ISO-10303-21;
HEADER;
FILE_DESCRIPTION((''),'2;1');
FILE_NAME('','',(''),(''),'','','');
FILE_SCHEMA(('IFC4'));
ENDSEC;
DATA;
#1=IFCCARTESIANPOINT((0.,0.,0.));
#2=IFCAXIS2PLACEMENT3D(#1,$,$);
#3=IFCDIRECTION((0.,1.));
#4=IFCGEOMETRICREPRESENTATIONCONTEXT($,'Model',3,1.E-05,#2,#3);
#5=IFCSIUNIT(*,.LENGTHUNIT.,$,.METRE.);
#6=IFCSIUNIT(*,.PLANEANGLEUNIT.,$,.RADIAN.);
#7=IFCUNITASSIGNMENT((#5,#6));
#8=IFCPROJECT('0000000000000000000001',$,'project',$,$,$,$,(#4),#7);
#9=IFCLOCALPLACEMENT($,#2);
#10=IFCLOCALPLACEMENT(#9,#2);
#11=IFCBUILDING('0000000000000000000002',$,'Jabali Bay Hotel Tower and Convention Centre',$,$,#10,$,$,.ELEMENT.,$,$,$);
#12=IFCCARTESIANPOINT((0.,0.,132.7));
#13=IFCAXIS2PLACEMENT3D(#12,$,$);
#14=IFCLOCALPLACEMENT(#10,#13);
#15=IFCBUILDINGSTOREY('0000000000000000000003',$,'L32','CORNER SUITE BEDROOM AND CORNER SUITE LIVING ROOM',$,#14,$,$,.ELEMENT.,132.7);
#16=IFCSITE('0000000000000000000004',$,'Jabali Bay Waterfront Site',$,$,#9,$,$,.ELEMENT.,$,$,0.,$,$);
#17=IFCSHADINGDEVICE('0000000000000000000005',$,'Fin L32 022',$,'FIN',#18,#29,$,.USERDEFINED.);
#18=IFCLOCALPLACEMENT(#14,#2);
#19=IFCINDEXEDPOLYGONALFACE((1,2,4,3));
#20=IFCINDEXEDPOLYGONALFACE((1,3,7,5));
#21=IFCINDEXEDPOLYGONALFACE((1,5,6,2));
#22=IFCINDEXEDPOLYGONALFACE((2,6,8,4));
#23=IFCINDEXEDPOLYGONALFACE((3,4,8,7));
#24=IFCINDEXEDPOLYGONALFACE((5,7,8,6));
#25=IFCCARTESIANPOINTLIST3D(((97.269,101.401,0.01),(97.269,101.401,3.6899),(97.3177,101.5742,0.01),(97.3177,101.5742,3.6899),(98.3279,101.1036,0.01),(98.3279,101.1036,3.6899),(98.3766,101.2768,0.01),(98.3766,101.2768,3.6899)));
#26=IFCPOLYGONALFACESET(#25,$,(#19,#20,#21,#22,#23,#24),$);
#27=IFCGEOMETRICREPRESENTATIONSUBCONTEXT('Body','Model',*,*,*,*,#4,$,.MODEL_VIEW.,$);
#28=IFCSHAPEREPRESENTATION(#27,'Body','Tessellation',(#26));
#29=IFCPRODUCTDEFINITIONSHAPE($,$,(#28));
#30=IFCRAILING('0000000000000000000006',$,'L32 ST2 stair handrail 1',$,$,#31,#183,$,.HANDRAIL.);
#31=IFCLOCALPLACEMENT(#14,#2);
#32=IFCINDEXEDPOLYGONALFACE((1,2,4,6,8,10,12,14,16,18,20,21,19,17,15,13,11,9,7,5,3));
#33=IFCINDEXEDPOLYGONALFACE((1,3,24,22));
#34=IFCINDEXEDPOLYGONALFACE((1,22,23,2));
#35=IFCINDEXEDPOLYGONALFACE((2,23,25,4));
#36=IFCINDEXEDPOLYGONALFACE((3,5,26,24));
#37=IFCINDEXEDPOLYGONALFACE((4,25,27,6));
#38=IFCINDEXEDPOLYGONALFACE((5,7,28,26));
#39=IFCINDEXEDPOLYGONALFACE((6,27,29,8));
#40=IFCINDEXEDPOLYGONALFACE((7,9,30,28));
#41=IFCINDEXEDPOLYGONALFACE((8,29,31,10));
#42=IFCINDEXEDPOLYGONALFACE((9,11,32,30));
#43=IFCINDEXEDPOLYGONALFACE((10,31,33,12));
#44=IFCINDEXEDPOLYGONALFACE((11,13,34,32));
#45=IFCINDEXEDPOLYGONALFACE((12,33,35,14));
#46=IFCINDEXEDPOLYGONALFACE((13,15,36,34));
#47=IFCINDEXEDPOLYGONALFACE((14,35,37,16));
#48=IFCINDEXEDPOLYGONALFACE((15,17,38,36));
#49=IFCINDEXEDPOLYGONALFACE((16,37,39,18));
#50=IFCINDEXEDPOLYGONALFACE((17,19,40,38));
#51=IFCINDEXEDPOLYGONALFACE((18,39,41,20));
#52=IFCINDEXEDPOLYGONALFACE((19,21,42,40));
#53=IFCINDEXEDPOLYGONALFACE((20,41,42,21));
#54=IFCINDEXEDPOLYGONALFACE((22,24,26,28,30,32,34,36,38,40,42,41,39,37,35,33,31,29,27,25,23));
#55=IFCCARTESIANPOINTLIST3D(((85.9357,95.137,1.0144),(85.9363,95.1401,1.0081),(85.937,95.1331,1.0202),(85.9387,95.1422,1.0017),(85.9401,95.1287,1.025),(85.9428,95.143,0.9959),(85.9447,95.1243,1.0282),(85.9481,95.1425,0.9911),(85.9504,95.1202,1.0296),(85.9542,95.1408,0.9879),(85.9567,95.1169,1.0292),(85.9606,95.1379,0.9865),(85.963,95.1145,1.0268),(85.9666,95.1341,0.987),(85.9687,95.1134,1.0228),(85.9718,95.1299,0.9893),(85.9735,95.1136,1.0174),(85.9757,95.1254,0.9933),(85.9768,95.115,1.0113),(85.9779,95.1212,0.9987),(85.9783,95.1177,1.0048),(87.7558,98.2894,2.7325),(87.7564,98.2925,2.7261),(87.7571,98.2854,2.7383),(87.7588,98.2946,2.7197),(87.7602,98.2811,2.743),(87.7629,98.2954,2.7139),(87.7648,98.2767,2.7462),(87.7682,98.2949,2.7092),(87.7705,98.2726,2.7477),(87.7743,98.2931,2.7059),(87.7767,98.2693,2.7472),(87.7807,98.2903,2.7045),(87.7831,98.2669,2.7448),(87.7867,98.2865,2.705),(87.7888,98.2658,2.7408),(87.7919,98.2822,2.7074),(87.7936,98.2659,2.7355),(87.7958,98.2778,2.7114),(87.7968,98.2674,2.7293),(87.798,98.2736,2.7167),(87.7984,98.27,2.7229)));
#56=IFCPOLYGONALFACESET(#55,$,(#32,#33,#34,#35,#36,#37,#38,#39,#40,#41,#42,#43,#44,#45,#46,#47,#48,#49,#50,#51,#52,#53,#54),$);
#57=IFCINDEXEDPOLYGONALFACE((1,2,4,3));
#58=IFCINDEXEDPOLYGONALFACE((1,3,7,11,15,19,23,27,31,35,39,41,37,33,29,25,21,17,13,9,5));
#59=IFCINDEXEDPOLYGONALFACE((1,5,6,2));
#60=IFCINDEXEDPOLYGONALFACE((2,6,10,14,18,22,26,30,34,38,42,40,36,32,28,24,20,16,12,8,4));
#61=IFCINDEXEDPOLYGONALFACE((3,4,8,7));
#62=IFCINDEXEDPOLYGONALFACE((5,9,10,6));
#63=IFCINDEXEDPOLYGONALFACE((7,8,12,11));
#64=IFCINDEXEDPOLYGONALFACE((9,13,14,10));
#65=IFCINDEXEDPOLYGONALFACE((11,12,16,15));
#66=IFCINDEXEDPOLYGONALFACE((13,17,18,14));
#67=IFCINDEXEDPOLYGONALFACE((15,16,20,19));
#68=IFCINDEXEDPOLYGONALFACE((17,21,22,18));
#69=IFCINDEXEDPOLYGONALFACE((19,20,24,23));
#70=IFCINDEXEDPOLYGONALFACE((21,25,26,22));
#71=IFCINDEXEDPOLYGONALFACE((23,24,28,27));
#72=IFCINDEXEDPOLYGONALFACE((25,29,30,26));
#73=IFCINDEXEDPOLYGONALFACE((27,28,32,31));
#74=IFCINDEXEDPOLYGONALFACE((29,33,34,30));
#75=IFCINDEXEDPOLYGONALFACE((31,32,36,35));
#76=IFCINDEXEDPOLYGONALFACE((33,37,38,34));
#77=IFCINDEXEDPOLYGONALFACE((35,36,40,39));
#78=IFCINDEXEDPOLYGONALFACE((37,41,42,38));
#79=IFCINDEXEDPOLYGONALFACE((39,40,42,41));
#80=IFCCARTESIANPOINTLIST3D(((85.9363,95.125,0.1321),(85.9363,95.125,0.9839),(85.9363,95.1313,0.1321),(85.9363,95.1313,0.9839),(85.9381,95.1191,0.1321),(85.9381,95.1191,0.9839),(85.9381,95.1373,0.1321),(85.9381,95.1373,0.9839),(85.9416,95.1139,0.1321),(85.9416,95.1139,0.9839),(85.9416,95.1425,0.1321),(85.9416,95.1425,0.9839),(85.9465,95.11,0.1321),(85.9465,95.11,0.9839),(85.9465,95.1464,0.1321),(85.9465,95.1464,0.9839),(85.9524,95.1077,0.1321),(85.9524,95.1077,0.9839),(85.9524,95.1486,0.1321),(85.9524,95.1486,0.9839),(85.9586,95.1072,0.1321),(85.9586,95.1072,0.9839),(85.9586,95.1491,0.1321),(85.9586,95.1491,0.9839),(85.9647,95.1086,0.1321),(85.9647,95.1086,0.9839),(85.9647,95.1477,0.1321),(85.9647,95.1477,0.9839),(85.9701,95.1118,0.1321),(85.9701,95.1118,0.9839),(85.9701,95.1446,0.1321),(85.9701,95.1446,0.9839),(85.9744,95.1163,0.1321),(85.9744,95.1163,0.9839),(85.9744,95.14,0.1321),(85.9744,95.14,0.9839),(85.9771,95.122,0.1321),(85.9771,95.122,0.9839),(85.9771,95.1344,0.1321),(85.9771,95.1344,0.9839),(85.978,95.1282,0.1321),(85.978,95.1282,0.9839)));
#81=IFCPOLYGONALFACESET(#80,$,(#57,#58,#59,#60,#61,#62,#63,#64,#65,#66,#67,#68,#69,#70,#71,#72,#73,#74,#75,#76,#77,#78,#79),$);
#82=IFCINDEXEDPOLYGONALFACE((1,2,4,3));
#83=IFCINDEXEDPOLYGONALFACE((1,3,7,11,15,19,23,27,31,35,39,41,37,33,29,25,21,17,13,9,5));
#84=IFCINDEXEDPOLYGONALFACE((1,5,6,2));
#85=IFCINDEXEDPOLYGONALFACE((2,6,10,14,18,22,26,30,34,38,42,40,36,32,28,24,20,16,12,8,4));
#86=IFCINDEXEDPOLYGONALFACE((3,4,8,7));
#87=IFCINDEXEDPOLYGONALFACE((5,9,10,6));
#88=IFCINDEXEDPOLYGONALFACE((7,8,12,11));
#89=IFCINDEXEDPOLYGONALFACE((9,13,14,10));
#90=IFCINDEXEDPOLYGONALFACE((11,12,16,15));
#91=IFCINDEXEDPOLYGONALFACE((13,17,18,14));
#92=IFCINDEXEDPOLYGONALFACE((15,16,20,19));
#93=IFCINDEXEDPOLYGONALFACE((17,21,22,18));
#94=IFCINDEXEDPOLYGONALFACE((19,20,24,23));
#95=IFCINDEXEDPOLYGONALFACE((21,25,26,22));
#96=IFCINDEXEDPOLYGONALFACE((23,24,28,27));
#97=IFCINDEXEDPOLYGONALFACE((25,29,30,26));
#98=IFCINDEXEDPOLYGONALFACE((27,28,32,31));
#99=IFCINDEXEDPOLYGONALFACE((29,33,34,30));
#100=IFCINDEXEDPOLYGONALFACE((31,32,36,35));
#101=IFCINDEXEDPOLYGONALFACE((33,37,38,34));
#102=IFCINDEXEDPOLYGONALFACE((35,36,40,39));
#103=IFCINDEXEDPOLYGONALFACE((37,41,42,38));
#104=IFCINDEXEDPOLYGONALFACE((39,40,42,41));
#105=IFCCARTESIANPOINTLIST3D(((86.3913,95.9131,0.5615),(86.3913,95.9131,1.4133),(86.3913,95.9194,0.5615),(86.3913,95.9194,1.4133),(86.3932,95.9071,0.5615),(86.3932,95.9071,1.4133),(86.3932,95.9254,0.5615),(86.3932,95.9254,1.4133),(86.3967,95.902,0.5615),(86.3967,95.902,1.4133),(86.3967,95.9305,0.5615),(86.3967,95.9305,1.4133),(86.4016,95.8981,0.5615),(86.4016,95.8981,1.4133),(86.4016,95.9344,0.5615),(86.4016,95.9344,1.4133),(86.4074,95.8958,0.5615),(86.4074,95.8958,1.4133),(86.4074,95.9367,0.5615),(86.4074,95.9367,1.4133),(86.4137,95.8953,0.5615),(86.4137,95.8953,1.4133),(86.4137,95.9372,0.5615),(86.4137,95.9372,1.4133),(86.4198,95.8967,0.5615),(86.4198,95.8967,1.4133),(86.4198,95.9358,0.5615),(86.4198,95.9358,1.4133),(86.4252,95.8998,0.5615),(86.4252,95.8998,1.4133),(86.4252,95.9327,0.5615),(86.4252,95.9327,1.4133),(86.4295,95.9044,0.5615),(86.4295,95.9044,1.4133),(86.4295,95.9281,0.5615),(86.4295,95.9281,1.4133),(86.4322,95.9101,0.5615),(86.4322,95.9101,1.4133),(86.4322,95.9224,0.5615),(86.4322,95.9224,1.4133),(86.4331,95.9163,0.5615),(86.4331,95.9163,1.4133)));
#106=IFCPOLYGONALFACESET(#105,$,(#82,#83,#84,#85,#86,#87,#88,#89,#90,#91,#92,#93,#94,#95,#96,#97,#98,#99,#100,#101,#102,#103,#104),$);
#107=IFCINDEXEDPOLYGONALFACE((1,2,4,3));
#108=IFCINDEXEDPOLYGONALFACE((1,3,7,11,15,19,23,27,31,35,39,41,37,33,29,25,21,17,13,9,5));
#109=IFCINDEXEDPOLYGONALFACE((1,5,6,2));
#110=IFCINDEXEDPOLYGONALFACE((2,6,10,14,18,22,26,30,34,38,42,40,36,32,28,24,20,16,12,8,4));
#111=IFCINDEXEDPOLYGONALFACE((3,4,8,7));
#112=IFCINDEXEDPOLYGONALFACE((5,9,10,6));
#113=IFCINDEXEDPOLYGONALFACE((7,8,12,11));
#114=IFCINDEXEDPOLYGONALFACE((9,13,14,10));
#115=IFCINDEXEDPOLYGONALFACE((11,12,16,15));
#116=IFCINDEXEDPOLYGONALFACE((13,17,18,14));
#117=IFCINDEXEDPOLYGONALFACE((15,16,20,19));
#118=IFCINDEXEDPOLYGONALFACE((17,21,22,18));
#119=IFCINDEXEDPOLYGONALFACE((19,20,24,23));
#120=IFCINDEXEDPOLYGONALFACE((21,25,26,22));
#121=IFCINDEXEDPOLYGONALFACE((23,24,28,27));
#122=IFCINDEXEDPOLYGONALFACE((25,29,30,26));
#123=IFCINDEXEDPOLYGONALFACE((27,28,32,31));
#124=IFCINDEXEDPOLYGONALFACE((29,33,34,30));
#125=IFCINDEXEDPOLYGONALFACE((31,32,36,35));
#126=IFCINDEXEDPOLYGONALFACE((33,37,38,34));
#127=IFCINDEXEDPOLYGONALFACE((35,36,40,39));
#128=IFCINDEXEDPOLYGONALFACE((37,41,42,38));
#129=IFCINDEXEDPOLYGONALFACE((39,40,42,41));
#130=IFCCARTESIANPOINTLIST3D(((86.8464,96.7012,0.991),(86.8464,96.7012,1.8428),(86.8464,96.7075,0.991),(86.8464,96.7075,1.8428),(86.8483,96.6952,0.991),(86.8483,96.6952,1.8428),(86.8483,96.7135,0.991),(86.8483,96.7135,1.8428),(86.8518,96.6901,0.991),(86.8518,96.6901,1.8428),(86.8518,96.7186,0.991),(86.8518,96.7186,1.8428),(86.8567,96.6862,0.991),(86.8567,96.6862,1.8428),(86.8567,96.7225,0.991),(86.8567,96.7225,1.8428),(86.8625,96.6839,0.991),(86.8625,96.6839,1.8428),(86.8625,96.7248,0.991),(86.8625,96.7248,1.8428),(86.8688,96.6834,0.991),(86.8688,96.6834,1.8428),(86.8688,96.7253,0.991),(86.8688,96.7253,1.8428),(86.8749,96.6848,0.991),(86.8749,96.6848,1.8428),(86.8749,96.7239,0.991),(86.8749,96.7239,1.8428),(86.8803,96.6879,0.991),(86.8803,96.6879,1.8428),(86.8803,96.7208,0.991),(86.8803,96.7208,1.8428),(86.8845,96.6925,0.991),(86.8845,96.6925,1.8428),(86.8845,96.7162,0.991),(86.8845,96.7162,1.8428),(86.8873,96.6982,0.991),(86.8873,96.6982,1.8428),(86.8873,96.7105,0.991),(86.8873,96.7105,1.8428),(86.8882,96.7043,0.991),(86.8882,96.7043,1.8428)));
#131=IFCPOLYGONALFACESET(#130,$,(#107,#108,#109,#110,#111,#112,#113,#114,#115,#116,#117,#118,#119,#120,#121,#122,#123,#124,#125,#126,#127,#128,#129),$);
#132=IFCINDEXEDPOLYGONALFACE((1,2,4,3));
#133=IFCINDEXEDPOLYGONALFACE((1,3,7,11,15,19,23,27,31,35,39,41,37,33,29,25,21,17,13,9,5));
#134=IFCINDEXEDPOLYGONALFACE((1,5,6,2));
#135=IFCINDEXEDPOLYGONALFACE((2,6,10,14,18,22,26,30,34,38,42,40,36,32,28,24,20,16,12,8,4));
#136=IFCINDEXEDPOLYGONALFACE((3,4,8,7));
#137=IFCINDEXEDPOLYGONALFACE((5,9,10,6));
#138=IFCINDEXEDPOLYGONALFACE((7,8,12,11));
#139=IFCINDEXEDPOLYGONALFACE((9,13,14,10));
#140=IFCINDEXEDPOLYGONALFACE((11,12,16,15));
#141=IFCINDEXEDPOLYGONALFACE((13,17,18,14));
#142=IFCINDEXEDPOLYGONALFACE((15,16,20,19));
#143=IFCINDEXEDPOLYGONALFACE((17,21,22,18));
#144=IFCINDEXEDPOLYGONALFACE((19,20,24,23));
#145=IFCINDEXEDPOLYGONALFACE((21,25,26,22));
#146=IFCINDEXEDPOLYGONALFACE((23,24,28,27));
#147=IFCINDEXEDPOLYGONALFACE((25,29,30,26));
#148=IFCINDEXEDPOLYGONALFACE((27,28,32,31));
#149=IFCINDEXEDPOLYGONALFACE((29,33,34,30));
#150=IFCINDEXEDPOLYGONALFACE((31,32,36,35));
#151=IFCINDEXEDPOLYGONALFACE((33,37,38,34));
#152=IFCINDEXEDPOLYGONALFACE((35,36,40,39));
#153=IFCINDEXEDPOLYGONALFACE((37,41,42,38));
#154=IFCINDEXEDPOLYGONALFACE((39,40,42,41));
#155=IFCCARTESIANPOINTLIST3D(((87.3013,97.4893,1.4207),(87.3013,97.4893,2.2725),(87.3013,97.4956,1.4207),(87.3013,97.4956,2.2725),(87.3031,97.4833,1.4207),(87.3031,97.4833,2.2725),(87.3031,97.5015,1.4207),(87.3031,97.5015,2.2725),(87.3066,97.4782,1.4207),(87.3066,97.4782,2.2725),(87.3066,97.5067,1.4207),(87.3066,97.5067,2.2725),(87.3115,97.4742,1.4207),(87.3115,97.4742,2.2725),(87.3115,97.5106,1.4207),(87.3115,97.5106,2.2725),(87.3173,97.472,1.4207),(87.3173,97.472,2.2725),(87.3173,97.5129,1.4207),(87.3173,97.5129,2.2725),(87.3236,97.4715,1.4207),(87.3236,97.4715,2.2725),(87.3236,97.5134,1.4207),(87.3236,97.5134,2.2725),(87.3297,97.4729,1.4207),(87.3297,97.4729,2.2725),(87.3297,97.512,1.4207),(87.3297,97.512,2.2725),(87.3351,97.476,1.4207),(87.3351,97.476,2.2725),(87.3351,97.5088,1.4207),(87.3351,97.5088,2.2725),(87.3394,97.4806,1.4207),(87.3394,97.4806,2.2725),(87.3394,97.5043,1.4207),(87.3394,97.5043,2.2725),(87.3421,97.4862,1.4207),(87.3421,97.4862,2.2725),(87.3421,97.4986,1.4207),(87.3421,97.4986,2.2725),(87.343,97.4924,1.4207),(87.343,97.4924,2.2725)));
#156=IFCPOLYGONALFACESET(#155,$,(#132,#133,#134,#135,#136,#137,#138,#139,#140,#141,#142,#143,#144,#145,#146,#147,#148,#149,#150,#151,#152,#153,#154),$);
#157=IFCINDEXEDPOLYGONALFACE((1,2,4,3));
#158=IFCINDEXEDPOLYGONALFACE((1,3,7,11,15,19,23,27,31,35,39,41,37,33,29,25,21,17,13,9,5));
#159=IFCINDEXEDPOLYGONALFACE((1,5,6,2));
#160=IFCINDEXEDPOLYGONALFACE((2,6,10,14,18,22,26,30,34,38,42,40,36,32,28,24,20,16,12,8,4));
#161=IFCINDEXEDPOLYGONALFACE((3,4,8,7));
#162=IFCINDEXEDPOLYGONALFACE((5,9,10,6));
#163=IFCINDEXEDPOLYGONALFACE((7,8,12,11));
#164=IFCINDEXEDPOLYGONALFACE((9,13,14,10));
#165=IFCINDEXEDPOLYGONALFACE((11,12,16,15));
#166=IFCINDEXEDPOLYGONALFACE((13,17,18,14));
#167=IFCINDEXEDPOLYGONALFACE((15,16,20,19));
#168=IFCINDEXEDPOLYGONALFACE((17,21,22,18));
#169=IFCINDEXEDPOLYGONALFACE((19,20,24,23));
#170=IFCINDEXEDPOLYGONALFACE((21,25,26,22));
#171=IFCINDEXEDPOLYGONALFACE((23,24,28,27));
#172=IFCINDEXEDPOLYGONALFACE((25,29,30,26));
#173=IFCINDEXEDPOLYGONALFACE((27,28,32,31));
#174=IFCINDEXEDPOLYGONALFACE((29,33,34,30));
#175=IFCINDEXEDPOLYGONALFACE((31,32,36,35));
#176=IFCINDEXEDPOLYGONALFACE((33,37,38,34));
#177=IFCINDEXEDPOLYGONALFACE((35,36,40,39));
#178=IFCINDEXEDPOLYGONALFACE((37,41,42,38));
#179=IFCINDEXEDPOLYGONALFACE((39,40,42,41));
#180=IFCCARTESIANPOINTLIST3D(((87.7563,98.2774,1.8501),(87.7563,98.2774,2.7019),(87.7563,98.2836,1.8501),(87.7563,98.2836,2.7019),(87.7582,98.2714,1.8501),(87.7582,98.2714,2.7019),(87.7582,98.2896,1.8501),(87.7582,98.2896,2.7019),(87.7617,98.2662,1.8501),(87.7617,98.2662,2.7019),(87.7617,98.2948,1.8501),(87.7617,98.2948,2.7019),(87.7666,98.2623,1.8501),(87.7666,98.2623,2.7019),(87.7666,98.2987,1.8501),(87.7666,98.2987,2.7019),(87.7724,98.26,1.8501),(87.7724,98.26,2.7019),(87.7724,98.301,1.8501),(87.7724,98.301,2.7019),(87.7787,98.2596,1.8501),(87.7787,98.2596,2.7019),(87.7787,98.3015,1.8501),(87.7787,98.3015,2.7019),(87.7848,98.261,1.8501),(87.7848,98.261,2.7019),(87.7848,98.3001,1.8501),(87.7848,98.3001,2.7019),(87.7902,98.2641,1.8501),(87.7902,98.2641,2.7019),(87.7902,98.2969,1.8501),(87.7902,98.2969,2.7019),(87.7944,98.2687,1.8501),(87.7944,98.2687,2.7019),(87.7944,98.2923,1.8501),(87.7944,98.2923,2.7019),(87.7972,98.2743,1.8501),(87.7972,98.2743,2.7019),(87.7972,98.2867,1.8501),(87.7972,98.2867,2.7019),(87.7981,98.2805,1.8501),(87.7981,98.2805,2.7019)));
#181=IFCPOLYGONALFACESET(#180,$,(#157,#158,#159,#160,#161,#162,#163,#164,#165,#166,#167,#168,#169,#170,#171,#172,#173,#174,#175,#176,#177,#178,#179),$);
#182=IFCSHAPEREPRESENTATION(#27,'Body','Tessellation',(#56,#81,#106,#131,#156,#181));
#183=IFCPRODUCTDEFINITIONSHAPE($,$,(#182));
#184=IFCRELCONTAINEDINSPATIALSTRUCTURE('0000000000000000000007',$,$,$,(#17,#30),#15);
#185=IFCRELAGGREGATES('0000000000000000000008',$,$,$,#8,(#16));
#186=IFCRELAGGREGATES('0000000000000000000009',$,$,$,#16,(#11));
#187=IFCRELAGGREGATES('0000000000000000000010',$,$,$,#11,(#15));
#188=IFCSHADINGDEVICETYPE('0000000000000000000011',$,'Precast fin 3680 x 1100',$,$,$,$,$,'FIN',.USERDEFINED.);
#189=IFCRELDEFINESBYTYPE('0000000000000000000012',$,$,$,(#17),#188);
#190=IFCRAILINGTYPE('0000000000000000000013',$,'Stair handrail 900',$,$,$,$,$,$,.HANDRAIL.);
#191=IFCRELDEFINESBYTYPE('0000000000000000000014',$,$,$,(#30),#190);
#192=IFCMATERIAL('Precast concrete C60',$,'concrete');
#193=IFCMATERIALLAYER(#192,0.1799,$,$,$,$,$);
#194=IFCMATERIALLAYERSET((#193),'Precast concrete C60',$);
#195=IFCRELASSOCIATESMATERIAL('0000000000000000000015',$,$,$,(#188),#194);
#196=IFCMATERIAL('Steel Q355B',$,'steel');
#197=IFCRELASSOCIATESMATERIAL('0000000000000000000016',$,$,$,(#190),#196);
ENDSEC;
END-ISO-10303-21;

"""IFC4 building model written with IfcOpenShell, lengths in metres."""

from ifc_helpers import new_model, si_unit, direction, frame, frame_2d, origin, origin_2d, place, context, subcontext, project, spatial, rectangle, circle, extrude, material, layer, layer_set, type_object, element, save


model = new_model("IFC4")

# Units and contexts
model_context = context("Model", 3, precision=1e-05, world=origin(), true_north=direction((0.0, 1.0)))
body_context = subcontext(model_context, "Body", "Model", "MODEL_VIEW")
ifc_project = project(units=[si_unit("LENGTHUNIT", "METRE"), si_unit("PLANEANGLEUNIT", "RADIAN")], contexts=[model_context])

# Site, building, storey
site_placement = place(None, origin())
site = spatial("IfcSite", under=ifc_project, at=site_placement, Name="Jabali Bay Waterfront Site", CompositionType="ELEMENT", RefElevation=0.0)
building_placement = place(site_placement, origin())
building = spatial("IfcBuilding", under=site, at=building_placement, Name="Jabali Bay Hotel Tower and Convention Centre", CompositionType="ELEMENT")
storey_placement = place(building_placement, frame((0.0, 0.0, 132.7)))
storey = spatial("IfcBuildingStorey", under=building, at=storey_placement, Name="L32", Description="CORNER SUITE BEDROOM AND CORNER SUITE LIVING ROOM", CompositionType="ELEMENT", Elevation=132.7)

# Shading device
ifc_material_1 = material(Name="Precast concrete C60", Category="concrete")
ifc_layer_1 = layer(ifc_material_1, 0.1799)
ifc_layer_set_1 = layer_set([ifc_layer_1], Name="Precast concrete C60")
shading_device_type = type_object("IfcShadingDeviceType", Name="Precast fin 3680 x 1100", ElementType="FIN", PredefinedType="USERDEFINED", material=ifc_layer_set_1)
for number, where, z_axis, x_axis, name in (
    (1, (97.2935, 101.4875, 0.01), (0.0, 0.0, 1.0), (0.962754, -0.270379, 0.0), "Fin L32 022"),
):
    element("IfcShadingDevice", number, at=place(storey_placement, frame(where, z_axis=z_axis, x_axis=x_axis)), inside=storey, type_object=shading_device_type, Name=name, ObjectType="FIN", PredefinedType="USERDEFINED", context=body_context, shape_type="SweptSolid", body=[
        extrude(rectangle(XDim=1.0999, YDim=0.1799, at=frame_2d((0.5498, 0.0))), origin(), (0.0, 0.0, 1.0), 3.6799),
    ])

# Railing
ifc_material_2 = material(Name="Steel Q355B", Category="steel")
railing_type_1 = type_object("IfcRailingType", Name="Stair handrail 900", PredefinedType="HANDRAIL", material=ifc_material_2)
railing_1_placement = place(storey_placement, frame((85.957, 95.1282, 0.1321)))
element("IfcRailing", 2, at=railing_1_placement, inside=storey, type_object=railing_type_1, Name="L32 ST2 stair handrail 1", PredefinedType="HANDRAIL", context=body_context, shape_type="SweptSolid", body=[
    extrude(circle(Radius=0.0239, at=origin_2d()), frame((0.0, 0.0, 0.876), z_axis=(0.452179, 0.78317, 0.426825), x_axis=(-0.866018, 0.500013, 0.0)), (0.0, 0.0, 1.0), 4.0251),
    extrude(circle(Radius=0.021, at=origin_2d()), origin(), (0.0, 0.0, 1.0), 0.8518),
    extrude(circle(Radius=0.021, at=origin_2d()), frame((0.4551, 0.7881, 0.4294)), (0.0, 0.0, 1.0), 0.8518),
    extrude(circle(Radius=0.021, at=origin_2d()), frame((0.9102, 1.5762, 0.8589)), (0.0, 0.0, 1.0), 0.8518),
    extrude(circle(Radius=0.021, at=origin_2d()), frame((1.365, 2.3643, 1.2886)), (0.0, 0.0, 1.0), 0.8518),
    extrude(circle(Radius=0.021, at=origin_2d()), frame((1.8201, 3.1523, 1.718)), (0.0, 0.0, 1.0), 0.8518),
])

save(model, "model.ifc")
